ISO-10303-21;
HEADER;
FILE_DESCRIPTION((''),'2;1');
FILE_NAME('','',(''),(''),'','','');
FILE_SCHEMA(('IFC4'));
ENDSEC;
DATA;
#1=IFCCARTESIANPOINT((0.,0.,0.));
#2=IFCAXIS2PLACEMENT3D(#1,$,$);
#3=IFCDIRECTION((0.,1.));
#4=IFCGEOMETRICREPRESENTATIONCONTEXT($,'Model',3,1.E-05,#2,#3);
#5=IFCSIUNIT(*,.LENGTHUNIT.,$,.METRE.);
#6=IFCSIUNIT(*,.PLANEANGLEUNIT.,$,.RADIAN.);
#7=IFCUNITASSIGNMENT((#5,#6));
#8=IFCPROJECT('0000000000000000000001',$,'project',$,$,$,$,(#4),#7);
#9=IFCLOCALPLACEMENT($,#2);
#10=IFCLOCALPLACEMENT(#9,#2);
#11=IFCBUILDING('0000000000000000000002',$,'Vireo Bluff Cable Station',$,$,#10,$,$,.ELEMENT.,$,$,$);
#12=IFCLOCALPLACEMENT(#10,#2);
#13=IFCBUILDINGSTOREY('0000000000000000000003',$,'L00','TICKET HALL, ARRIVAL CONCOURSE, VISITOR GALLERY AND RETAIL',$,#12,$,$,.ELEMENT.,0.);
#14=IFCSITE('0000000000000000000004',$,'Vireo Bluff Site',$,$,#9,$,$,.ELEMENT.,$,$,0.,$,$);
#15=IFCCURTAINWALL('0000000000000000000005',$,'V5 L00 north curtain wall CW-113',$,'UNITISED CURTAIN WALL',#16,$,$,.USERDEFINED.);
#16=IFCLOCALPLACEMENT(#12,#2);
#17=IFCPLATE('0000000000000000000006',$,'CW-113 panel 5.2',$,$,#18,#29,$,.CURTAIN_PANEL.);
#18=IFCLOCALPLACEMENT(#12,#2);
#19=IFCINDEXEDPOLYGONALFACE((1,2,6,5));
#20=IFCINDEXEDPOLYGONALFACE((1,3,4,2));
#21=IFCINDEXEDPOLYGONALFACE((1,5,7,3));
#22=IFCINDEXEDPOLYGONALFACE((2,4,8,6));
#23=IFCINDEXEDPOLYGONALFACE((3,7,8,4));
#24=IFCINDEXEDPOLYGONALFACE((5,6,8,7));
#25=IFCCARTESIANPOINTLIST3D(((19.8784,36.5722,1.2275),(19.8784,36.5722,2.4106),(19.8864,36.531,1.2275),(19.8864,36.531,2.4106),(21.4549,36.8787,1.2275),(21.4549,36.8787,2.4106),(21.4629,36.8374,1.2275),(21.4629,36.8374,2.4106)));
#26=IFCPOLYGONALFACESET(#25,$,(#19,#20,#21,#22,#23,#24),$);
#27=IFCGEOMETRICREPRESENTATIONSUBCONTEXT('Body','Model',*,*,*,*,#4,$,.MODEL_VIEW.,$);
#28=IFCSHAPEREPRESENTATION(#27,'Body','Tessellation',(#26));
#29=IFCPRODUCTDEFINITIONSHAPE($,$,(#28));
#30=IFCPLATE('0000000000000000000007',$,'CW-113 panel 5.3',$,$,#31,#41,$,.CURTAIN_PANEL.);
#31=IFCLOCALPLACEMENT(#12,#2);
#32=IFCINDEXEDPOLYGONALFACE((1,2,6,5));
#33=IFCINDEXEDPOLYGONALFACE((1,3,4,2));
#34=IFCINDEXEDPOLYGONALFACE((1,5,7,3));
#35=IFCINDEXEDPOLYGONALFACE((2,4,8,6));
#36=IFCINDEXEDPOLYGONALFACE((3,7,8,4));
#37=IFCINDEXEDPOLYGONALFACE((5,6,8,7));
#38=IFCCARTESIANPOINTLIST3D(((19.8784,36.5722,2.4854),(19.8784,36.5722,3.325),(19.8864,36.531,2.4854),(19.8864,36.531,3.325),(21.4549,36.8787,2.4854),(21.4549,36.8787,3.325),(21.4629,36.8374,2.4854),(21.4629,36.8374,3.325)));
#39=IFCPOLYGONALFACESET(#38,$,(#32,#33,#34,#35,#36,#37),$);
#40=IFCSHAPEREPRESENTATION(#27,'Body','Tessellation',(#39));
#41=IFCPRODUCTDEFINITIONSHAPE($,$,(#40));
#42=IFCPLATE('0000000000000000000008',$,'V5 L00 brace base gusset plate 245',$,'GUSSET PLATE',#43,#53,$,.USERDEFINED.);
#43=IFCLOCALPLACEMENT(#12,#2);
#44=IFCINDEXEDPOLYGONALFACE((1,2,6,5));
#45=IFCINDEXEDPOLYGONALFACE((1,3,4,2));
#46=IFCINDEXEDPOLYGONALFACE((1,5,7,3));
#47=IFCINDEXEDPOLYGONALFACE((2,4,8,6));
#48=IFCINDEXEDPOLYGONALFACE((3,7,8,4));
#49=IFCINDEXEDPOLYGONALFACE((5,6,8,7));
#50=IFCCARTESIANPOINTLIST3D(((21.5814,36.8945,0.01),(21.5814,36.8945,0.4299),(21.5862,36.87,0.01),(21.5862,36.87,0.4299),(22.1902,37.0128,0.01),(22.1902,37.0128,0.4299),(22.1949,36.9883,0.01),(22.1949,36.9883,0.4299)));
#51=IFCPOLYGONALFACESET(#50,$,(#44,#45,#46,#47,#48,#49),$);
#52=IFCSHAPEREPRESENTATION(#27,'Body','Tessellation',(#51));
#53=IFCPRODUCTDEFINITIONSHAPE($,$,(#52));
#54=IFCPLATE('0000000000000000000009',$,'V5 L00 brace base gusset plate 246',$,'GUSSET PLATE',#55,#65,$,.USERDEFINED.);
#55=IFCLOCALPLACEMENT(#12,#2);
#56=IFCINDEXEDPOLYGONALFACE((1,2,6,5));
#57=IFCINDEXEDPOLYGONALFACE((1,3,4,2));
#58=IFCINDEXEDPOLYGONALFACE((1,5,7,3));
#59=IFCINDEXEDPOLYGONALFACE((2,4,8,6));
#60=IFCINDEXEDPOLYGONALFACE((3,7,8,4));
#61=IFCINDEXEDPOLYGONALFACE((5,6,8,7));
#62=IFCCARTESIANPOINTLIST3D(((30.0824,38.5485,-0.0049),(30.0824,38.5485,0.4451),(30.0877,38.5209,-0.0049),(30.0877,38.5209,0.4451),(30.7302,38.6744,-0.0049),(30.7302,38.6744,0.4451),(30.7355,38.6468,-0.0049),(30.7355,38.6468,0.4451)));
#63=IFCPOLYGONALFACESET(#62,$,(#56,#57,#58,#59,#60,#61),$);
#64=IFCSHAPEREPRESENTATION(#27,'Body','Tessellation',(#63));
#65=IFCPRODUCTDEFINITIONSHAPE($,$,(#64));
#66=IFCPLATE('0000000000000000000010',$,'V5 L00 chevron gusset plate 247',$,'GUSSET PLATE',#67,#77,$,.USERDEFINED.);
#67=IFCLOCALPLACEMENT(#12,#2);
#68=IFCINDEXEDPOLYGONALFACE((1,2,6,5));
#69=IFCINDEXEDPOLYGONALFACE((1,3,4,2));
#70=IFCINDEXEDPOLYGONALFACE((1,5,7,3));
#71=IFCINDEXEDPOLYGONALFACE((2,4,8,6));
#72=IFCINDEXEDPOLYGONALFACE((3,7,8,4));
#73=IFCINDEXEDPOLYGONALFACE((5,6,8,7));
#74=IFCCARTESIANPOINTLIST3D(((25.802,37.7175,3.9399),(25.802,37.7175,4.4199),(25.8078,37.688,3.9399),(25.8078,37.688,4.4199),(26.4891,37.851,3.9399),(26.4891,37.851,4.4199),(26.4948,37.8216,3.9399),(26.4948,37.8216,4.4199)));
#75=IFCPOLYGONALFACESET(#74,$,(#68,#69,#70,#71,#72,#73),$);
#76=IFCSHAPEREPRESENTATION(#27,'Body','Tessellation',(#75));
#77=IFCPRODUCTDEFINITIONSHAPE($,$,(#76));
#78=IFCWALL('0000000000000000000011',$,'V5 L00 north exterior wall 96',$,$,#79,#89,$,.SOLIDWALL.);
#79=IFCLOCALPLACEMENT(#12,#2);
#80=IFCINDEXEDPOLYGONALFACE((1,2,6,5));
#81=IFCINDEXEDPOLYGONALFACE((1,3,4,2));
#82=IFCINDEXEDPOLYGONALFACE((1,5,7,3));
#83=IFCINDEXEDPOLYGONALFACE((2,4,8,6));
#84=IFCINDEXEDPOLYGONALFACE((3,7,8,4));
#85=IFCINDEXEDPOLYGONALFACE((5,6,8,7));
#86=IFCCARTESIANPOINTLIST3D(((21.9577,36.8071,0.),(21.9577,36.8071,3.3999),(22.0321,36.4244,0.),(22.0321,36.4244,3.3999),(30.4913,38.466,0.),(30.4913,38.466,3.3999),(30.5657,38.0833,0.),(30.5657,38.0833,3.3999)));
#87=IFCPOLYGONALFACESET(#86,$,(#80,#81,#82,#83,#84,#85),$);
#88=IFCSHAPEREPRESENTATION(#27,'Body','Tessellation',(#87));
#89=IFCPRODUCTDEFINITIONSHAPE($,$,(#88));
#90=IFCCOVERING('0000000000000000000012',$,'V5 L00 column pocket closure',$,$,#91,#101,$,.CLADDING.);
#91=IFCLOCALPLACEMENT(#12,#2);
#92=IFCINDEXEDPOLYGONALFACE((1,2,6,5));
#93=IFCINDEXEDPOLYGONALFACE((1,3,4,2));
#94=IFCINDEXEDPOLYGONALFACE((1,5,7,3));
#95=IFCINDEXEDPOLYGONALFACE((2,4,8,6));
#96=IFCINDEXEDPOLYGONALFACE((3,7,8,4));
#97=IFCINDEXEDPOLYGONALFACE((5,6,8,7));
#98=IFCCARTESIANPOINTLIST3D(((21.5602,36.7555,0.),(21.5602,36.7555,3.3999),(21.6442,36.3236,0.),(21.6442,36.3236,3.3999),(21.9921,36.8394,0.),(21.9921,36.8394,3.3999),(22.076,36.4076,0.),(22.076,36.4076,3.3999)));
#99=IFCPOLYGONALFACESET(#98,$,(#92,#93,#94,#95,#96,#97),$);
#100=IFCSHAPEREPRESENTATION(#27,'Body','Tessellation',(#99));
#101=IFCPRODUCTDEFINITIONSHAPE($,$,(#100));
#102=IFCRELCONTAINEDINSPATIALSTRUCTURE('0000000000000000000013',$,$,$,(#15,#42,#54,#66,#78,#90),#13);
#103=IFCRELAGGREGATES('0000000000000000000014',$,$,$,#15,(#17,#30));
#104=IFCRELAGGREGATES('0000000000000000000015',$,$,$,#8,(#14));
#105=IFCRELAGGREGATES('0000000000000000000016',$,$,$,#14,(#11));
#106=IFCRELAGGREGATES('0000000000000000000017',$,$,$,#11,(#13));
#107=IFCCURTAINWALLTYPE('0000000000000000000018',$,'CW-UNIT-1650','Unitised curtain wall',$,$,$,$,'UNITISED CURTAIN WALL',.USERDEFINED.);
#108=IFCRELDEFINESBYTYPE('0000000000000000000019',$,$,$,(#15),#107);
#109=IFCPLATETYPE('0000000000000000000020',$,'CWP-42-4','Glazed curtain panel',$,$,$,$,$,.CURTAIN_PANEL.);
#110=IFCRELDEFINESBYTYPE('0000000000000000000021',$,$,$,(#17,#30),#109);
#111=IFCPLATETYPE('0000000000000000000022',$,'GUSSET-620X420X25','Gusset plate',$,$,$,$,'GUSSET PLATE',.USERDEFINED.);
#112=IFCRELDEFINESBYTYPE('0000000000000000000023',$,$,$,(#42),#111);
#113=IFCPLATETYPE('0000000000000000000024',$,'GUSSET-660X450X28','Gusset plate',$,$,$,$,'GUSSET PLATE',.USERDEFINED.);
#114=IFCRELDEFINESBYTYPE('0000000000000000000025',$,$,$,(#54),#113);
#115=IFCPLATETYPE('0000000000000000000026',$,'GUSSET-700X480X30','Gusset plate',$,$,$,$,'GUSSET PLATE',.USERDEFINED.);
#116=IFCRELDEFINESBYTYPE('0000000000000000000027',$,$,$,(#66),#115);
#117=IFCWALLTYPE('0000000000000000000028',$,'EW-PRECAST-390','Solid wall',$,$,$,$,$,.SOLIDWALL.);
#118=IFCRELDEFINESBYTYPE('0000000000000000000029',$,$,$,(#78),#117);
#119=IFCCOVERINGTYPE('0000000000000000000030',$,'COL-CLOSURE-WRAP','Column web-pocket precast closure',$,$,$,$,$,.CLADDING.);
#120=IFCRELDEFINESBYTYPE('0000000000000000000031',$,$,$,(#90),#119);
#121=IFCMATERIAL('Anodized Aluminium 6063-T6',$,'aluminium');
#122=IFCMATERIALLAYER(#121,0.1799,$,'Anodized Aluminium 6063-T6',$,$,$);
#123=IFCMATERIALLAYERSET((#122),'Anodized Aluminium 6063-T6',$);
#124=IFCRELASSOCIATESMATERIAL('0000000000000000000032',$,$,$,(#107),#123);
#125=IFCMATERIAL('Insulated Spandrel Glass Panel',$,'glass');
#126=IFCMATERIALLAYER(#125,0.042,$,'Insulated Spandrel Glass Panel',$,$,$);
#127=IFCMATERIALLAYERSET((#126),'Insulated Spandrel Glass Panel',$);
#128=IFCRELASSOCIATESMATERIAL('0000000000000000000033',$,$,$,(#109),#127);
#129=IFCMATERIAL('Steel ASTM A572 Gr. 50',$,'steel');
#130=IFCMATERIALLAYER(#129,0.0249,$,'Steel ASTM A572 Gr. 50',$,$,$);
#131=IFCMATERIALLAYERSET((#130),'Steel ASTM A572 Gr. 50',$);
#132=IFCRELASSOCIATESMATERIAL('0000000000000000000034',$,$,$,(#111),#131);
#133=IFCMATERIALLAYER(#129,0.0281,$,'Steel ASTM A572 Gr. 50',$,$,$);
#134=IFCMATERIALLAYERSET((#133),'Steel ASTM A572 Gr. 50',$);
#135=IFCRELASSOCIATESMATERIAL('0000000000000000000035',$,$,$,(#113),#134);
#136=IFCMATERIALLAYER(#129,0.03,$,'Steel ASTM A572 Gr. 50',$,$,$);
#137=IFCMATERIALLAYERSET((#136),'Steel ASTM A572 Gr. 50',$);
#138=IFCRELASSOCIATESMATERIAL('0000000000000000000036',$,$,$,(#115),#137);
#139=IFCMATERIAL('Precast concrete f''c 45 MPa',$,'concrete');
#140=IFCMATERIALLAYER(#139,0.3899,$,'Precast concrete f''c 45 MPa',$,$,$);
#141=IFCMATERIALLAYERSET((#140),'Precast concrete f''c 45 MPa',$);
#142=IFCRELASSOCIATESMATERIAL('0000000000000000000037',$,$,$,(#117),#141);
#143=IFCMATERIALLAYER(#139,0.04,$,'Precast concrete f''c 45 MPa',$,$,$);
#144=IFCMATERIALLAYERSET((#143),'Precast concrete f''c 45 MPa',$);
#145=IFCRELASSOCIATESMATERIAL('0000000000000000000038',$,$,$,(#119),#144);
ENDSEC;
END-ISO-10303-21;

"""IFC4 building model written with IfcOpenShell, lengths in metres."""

from ifc_helpers import new_model, si_unit, direction, frame, frame_2d, origin, origin_2d, place, context, subcontext, project, spatial, rectangle, extrude, material, layer, layer_set, type_object, element, aggregate, save


model = new_model("IFC4")

# Units and contexts
model_context = context("Model", 3, precision=1e-05, world=origin(), true_north=direction((0.0, 1.0)))
body_context = subcontext(model_context, "Body", "Model", "MODEL_VIEW")
ifc_project = project(units=[si_unit("LENGTHUNIT", "METRE"), si_unit("PLANEANGLEUNIT", "RADIAN")], contexts=[model_context])

# Site, building, storey
site_placement = place(None, origin())
site = spatial("IfcSite", under=ifc_project, at=site_placement, Name="Vireo Bluff Site", CompositionType="ELEMENT", RefElevation=0.0)
building_placement = place(site_placement, origin())
building = spatial("IfcBuilding", under=site, at=building_placement, Name="Vireo Bluff Cable Station", CompositionType="ELEMENT")
storey_placement = place(building_placement, origin())
storey = spatial("IfcBuildingStorey", under=building, at=storey_placement, Name="L00", Description="TICKET HALL, ARRIVAL CONCOURSE, VISITOR GALLERY AND RETAIL", CompositionType="ELEMENT", Elevation=0.0)

# Curtain wall
ifc_material_1 = material(Name="Anodized Aluminium 6063-T6", Category="aluminium")
ifc_layer_1 = layer(ifc_material_1, 0.1799, Name="Anodized Aluminium 6063-T6")
ifc_layer_set_1 = layer_set([ifc_layer_1], Name="Anodized Aluminium 6063-T6")
curtain_wall_type = type_object("IfcCurtainWallType", Name="CW-UNIT-1650", Description="Unitised curtain wall", ElementType="UNITISED CURTAIN WALL", PredefinedType="USERDEFINED", material=ifc_layer_set_1)
curtain_wall_placement = place(storey_placement, origin())
curtain_wall = element("IfcCurtainWall", 1, at=curtain_wall_placement, inside=storey, type_object=curtain_wall_type, Name="V5 L00 north curtain wall CW-113", ObjectType="UNITISED CURTAIN WALL", PredefinedType="USERDEFINED")

# Shared definitions
ifc_material_2 = material(Name="Steel ASTM A572 Gr. 50", Category="steel")

# Plates
ifc_material_3 = material(Name="Insulated Spandrel Glass Panel", Category="glass")
ifc_layer_2 = layer(ifc_material_3, 0.042, Name="Insulated Spandrel Glass Panel")
ifc_layer_set_2 = layer_set([ifc_layer_2], Name="Insulated Spandrel Glass Panel")
plate_type_1 = type_object("IfcPlateType", Name="CWP-42-4", Description="Glazed curtain panel", PredefinedType="CURTAIN_PANEL", material=ifc_layer_set_2)
plate_1_placement = place(storey_placement, frame((20.6707, 36.7048, 1.2275), z_axis=(0.0, 0.0, 1.0), x_axis=(0.981627, 0.190809, 0.0)))
plate_1 = element("IfcPlate", 2, at=plate_1_placement, type_object=plate_type_1, Name="CW-113 panel 5.2", PredefinedType="CURTAIN_PANEL", context=body_context, shape_type="SweptSolid", body=[
    extrude(rectangle(XDim=1.606, YDim=0.042, at=origin_2d()), origin(), (0.0, 0.0, 1.0), 1.1831),
])
plate_2_placement = place(storey_placement, frame((20.6707, 36.7048, 2.4854), z_axis=(0.0, 0.0, 1.0), x_axis=(0.981627, 0.190809, 0.0)))
plate_2 = element("IfcPlate", 3, at=plate_2_placement, type_object=plate_type_1, Name="CW-113 panel 5.3", PredefinedType="CURTAIN_PANEL", context=body_context, shape_type="SweptSolid", body=[
    extrude(rectangle(XDim=1.606, YDim=0.042, at=origin_2d()), origin(), (0.0, 0.0, 1.0), 0.8396),
])
aggregate(curtain_wall, [plate_1, plate_2])

# Plates
ifc_layer_3 = layer(ifc_material_2, 0.0249, Name="Steel ASTM A572 Gr. 50")
ifc_layer_set_3 = layer_set([ifc_layer_3], Name="Steel ASTM A572 Gr. 50")
plate_type_2 = type_object("IfcPlateType", Name="GUSSET-620X420X25", Description="Gusset plate", ElementType="GUSSET PLATE", PredefinedType="USERDEFINED", material=ifc_layer_set_3)
plate_3_placement = place(storey_placement, frame((21.8882, 36.9414, 0.01), z_axis=(0.0, 0.0, 1.0), x_axis=(0.981627, 0.190809, 0.0)))
element("IfcPlate", 4, at=plate_3_placement, inside=storey, type_object=plate_type_2, Name="V5 L00 brace base gusset plate 245", ObjectType="GUSSET PLATE", PredefinedType="USERDEFINED", context=body_context, shape_type="SweptSolid", body=[
    extrude(rectangle(XDim=0.6201, YDim=0.0249, at=origin_2d()), origin(), (0.0, 0.0, 1.0), 0.4199),
])
ifc_layer_4 = layer(ifc_material_2, 0.0281, Name="Steel ASTM A572 Gr. 50")
ifc_layer_set_4 = layer_set([ifc_layer_4], Name="Steel ASTM A572 Gr. 50")
plate_type_3 = type_object("IfcPlateType", Name="GUSSET-660X450X28", Description="Gusset plate", ElementType="GUSSET PLATE", PredefinedType="USERDEFINED", material=ifc_layer_set_4)
plate_4_placement = place(storey_placement, frame((30.4089, 38.5977, -0.0049), z_axis=(0.0, 0.0, 1.0), x_axis=(0.981627, 0.190809, 0.0)))
element("IfcPlate", 5, at=plate_4_placement, inside=storey, type_object=plate_type_3, Name="V5 L00 brace base gusset plate 246", ObjectType="GUSSET PLATE", PredefinedType="USERDEFINED", context=body_context, shape_type="SweptSolid", body=[
    extrude(rectangle(XDim=0.6599, YDim=0.0281, at=origin_2d()), origin(), (0.0, 0.0, 1.0), 0.45),
])
ifc_layer_5 = layer(ifc_material_2, 0.03, Name="Steel ASTM A572 Gr. 50")
ifc_layer_set_5 = layer_set([ifc_layer_5], Name="Steel ASTM A572 Gr. 50")
plate_type_4 = type_object("IfcPlateType", Name="GUSSET-700X480X30", Description="Gusset plate", ElementType="GUSSET PLATE", PredefinedType="USERDEFINED", material=ifc_layer_set_5)
plate_5_placement = place(storey_placement, frame((26.1484, 37.7695, 3.9399), z_axis=(0.0, 0.0, 1.0), x_axis=(0.981627, 0.190809, 0.0)))
element("IfcPlate", 6, at=plate_5_placement, inside=storey, type_object=plate_type_4, Name="V5 L00 chevron gusset plate 247", ObjectType="GUSSET PLATE", PredefinedType="USERDEFINED", context=body_context, shape_type="SweptSolid", body=[
    extrude(rectangle(XDim=0.7, YDim=0.03, at=origin_2d()), origin(), (0.0, 0.0, 1.0), 0.48),
])

# Wall
ifc_material_4 = material(Name="Precast concrete f'c 45 MPa", Category="concrete")
ifc_layer_6 = layer(ifc_material_4, 0.3899, Name="Precast concrete f'c 45 MPa")
ifc_layer_set_6 = layer_set([ifc_layer_6], Name="Precast concrete f'c 45 MPa")
wall_type = type_object("IfcWallType", Name="EW-PRECAST-390", Description="Solid wall", PredefinedType="SOLIDWALL", material=ifc_layer_set_6)
wall_placement = place(storey_placement, frame((21.9949, 36.6157, 0.0), z_axis=(0.0, 0.0, 1.0), x_axis=(0.981624, 0.190826, 0.0)))
element("IfcWall", 7, at=wall_placement, inside=storey, type_object=wall_type, Name="V5 L00 north exterior wall 96", PredefinedType="SOLIDWALL", context=body_context, shape_type="SweptSolid", body=[
    extrude(rectangle(XDim=8.6934, YDim=0.3899, at=frame_2d((4.3467, 0.0))), origin(), (0.0, 0.0, 1.0), 3.3999),
])

# Covering
ifc_layer_7 = layer(ifc_material_4, 0.04, Name="Precast concrete f'c 45 MPa")
ifc_layer_set_7 = layer_set([ifc_layer_7], Name="Precast concrete f'c 45 MPa")
covering_type = type_object("IfcCoveringType", Name="COL-CLOSURE-WRAP", Description="Column web-pocket precast closure", PredefinedType="CLADDING", material=ifc_layer_set_7)
covering_placement = place(storey_placement, frame((21.8181, 36.5815, 0.0), z_axis=(0.0, 0.0, 1.0), x_axis=(0.981627, 0.190809, 0.0)))
element("IfcCovering", 8, at=covering_placement, inside=storey, type_object=covering_type, Name="V5 L00 column pocket closure", PredefinedType="CLADDING", context=body_context, shape_type="SweptSolid", body=[
    extrude(rectangle(XDim=0.4399, YDim=0.4399, at=origin_2d()), origin(), (0.0, 0.0, 1.0), 3.3999),
])

save(model, "model.ifc")
